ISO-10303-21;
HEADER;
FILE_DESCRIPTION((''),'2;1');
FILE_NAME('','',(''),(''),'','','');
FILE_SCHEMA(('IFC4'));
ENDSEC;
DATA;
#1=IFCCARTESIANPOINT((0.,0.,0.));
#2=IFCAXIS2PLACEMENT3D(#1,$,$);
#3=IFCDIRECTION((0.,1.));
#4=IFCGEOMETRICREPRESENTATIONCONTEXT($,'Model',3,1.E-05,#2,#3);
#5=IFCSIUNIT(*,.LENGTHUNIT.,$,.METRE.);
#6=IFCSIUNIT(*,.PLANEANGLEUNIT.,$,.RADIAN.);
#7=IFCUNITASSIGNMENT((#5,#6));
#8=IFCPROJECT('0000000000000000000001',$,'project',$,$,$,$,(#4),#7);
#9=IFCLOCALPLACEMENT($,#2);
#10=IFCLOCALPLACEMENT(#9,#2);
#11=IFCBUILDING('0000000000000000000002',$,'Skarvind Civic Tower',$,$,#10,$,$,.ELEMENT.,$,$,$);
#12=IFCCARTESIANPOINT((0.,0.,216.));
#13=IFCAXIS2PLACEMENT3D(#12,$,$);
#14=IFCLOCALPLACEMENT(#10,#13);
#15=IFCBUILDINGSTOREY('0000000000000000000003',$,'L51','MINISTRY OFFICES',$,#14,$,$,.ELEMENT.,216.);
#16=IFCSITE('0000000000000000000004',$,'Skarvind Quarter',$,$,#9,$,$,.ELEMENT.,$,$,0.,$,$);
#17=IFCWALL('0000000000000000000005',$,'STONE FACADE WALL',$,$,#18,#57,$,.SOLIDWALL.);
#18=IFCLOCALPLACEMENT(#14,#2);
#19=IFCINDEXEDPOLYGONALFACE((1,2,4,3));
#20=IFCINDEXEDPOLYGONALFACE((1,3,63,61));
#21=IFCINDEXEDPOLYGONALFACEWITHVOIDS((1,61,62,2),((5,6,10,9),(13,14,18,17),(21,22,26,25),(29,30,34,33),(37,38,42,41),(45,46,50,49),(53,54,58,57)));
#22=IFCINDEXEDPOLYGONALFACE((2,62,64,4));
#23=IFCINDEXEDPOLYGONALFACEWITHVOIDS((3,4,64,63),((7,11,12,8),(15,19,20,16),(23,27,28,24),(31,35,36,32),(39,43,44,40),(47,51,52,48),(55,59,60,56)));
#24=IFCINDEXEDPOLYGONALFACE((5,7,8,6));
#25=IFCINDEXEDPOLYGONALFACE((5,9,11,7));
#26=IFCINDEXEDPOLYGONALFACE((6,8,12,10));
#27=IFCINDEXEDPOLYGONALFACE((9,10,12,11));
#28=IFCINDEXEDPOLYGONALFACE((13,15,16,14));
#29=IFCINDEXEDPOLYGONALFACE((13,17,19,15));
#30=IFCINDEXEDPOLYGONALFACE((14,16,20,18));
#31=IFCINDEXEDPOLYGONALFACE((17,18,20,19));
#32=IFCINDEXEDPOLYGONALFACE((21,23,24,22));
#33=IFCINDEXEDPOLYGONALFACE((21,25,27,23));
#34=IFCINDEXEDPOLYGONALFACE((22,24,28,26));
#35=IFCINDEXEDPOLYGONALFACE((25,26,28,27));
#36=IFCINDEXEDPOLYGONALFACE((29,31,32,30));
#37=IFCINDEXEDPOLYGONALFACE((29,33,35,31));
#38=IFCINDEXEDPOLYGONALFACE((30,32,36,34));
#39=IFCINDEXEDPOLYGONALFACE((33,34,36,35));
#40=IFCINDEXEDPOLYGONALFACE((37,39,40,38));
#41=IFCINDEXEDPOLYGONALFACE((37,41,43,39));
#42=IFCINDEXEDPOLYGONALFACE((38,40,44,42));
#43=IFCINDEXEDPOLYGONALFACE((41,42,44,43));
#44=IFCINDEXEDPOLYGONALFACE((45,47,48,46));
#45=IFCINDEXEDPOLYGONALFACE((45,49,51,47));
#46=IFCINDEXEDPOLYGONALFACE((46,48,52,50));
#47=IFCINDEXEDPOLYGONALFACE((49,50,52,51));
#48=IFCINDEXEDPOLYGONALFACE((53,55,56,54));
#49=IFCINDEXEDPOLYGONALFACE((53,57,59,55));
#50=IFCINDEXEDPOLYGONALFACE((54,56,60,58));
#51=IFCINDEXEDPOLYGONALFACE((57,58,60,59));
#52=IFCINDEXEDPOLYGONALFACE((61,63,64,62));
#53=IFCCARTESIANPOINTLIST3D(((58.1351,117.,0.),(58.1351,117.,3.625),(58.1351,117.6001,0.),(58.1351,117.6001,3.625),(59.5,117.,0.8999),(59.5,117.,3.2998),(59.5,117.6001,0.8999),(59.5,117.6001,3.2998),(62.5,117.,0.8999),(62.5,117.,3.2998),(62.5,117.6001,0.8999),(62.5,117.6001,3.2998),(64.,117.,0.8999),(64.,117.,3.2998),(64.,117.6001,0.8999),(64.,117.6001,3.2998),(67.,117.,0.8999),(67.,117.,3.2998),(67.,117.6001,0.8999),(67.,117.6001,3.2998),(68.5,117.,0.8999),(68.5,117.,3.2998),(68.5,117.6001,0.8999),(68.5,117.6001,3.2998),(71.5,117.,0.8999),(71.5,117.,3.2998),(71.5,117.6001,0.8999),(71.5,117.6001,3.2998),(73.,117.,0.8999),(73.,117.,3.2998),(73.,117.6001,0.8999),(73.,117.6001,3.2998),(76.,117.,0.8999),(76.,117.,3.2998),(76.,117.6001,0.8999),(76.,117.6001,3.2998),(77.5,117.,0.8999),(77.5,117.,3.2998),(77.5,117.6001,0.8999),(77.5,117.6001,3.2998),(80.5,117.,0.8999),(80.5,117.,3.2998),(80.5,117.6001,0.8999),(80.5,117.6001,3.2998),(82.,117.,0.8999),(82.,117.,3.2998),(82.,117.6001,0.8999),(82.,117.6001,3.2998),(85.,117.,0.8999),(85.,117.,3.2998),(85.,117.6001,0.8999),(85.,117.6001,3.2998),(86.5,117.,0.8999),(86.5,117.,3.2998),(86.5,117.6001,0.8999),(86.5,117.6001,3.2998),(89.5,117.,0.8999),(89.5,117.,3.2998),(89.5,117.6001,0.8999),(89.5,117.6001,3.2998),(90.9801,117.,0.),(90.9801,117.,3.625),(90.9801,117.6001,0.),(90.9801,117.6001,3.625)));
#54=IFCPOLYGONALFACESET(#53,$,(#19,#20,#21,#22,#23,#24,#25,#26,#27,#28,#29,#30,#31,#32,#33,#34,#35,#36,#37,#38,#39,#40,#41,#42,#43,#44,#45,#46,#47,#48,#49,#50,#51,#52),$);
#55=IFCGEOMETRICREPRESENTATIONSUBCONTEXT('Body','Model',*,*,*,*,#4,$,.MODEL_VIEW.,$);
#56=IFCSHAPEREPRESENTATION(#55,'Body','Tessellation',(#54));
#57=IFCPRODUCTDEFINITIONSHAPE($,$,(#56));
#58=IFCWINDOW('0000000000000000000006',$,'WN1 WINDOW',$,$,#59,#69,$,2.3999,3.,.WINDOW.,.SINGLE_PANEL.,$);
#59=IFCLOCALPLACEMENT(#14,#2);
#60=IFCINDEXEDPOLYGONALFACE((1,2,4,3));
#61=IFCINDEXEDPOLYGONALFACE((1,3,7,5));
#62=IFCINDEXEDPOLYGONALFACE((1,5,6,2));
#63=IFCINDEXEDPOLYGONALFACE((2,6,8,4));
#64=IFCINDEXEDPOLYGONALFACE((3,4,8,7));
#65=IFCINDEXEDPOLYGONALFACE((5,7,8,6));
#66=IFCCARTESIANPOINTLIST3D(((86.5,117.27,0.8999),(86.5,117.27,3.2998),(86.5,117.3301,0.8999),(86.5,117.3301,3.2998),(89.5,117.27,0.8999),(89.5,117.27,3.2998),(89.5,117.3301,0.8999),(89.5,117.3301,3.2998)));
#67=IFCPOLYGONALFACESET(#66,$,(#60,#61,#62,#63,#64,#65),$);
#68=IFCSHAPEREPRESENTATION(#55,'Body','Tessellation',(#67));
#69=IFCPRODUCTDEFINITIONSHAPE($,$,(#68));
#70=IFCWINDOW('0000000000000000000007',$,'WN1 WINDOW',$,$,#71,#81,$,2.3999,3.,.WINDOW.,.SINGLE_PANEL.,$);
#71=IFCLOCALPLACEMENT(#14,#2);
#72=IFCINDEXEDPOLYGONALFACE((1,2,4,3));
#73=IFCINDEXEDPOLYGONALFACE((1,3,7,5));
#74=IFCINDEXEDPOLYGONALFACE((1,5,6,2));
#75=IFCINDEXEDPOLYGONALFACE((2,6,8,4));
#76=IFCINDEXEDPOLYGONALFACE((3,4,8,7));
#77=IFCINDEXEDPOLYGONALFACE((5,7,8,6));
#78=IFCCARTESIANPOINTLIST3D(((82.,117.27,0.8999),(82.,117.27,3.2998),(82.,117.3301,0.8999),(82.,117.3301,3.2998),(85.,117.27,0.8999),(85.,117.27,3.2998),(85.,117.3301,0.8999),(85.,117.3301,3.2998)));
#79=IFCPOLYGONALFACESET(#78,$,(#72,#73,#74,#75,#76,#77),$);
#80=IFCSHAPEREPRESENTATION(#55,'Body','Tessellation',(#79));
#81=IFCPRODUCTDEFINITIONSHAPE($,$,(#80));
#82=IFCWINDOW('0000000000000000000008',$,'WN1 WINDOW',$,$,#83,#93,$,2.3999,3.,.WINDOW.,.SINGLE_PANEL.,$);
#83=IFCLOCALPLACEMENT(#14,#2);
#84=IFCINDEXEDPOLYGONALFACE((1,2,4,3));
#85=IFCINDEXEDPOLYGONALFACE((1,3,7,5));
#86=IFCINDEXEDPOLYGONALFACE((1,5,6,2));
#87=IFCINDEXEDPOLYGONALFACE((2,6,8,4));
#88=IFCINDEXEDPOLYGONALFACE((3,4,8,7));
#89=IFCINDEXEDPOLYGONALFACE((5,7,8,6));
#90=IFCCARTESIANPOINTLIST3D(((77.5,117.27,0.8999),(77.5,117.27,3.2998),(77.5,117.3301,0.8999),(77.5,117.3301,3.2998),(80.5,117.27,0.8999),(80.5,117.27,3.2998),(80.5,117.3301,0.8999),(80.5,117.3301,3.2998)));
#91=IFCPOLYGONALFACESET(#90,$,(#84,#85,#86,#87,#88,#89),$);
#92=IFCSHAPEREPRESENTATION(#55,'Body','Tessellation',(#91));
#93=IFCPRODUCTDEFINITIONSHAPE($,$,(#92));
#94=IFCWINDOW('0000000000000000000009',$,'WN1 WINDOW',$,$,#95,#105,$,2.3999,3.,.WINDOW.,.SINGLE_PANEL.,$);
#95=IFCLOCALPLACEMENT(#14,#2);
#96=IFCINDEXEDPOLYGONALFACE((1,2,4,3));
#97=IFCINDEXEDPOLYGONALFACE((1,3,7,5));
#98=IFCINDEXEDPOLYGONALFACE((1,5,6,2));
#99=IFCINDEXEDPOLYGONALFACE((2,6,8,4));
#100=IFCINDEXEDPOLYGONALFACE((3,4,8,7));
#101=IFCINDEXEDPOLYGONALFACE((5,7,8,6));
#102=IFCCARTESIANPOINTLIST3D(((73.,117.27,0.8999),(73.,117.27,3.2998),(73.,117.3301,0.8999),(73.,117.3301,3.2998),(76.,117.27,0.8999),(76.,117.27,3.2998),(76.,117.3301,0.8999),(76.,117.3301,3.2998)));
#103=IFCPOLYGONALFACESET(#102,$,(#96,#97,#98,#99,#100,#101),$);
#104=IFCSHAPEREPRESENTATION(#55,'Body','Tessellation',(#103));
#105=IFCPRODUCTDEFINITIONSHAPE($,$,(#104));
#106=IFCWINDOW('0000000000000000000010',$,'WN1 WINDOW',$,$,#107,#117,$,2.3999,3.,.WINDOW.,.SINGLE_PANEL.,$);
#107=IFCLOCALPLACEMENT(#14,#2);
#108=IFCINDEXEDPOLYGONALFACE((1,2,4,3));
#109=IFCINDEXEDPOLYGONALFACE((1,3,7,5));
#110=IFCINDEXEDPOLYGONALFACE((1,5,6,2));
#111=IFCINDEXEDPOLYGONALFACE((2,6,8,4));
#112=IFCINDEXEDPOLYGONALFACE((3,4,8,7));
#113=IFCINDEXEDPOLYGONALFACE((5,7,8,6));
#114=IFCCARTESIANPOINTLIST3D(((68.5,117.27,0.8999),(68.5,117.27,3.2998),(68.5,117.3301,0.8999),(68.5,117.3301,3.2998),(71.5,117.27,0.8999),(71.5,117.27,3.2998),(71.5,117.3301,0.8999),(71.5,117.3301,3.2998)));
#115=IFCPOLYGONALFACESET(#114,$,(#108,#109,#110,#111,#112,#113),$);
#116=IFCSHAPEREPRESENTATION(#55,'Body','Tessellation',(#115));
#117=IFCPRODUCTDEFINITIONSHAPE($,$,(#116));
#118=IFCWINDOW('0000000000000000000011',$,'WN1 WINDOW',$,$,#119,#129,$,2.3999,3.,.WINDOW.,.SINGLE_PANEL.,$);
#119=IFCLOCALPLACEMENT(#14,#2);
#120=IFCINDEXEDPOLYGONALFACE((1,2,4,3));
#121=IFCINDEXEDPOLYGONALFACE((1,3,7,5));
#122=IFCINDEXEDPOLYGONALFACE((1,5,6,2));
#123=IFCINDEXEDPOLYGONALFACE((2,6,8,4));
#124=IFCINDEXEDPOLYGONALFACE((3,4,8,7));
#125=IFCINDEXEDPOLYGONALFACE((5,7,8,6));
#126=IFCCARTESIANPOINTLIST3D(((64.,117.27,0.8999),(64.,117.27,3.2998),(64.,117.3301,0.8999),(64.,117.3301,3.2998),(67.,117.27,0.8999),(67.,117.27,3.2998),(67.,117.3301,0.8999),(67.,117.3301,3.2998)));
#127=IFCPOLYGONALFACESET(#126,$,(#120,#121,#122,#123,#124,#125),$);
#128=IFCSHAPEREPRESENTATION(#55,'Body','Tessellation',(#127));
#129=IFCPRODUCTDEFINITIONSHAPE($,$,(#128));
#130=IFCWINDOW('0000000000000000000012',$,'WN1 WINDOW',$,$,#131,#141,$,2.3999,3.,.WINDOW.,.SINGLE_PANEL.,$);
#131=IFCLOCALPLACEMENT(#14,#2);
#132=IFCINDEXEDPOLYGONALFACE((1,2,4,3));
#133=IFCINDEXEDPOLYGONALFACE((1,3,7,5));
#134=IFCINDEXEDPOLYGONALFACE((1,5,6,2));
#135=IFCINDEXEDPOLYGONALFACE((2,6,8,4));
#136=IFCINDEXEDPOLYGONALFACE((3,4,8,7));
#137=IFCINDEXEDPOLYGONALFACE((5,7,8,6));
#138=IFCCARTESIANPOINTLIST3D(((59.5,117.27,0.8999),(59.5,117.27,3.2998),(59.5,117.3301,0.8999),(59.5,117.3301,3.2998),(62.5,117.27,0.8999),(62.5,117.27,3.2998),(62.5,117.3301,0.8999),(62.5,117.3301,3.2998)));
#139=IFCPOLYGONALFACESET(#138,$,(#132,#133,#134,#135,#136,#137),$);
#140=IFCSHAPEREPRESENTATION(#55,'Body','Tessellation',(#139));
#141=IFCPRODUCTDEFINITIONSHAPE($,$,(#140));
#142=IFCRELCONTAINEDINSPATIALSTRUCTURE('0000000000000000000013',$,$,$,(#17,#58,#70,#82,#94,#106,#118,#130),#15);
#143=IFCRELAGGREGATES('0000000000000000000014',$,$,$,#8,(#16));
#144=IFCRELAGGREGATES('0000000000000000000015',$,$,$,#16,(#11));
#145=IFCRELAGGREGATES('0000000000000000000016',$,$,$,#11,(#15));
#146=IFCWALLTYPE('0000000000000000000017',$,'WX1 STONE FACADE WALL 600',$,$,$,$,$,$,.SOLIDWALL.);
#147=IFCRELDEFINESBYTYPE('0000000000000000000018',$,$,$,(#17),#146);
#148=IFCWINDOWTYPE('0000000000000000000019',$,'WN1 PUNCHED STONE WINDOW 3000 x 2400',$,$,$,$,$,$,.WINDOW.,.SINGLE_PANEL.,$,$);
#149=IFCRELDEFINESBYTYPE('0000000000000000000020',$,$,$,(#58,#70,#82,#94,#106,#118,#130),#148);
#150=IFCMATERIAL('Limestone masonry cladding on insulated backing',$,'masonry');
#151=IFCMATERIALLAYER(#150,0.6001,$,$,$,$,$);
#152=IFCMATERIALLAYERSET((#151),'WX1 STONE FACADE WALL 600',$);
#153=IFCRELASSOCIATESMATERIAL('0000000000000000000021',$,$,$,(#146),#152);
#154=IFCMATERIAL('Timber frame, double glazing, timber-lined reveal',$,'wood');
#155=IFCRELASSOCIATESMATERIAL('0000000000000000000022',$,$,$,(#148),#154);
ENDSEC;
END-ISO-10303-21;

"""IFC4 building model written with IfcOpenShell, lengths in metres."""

from ifc_helpers import new_model, si_unit, direction, frame, frame_2d, origin, place, context, subcontext, project, spatial, rectangle, extrude, material, layer, layer_set, type_object, element, fill, save


model = new_model("IFC4")

# Units and contexts
model_context = context("Model", 3, precision=1e-05, world=origin(), true_north=direction((0.0, 1.0)))
body_context = subcontext(model_context, "Body", "Model", "MODEL_VIEW")
ifc_project = project(units=[si_unit("LENGTHUNIT", "METRE"), si_unit("PLANEANGLEUNIT", "RADIAN")], contexts=[model_context])

# Site, building, storey
site_placement = place(None, origin())
site = spatial("IfcSite", under=ifc_project, at=site_placement, Name="Skarvind Quarter", CompositionType="ELEMENT", RefElevation=0.0)
building_placement = place(site_placement, origin())
building = spatial("IfcBuilding", under=site, at=building_placement, Name="Skarvind Civic Tower", CompositionType="ELEMENT")
storey_placement = place(building_placement, frame((0.0, 0.0, 216.0)))
storey = spatial("IfcBuildingStorey", under=building, at=storey_placement, Name="L51", Description="MINISTRY OFFICES", CompositionType="ELEMENT", Elevation=216.0)

# Wall, openings, windows
ifc_material_1 = material(Name="Limestone masonry cladding on insulated backing", Category="masonry")
ifc_layer_1 = layer(ifc_material_1, 0.6001)
ifc_layer_set_1 = layer_set([ifc_layer_1], Name="WX1 STONE FACADE WALL 600")
wall_type_1 = type_object("IfcWallType", Name="WX1 STONE FACADE WALL 600", PredefinedType="SOLIDWALL", material=ifc_layer_set_1)
wall_1_placement = place(storey_placement, frame((90.98, 117.3, 0.0), z_axis=(0.0, 0.0, 1.0), x_axis=(-1.0, 0.0, 0.0)))
wall_1 = element("IfcWall", 1, at=wall_1_placement, inside=storey, type_object=wall_type_1, Name="STONE FACADE WALL", PredefinedType="SOLIDWALL", context=body_context, shape_type="SweptSolid", body=[
    extrude(rectangle(XDim=32.845, YDim=0.6001, at=frame_2d((16.4224, 0.0))), origin(), (0.0, 0.0, 1.0), 3.625),
])
opening_1_placement = place(wall_1_placement, frame((1.48, 0.0, 0.8999)))
opening_1 = element("IfcOpeningElement", 2, at=opening_1_placement, cuts=wall_1, PredefinedType="OPENING", context=body_context, shape_type="SweptSolid", body=[
    extrude(rectangle(XDim=3.0, YDim=2.3999, at=frame_2d((1.5, 1.2))), frame((0.0, 0.3101, 0.0), z_axis=(0.0, -1.0, 0.0), x_axis=(1.0, 0.0, 0.0)), (0.0, 0.0, 1.0), 0.6201),
])
opening_2_placement = place(wall_1_placement, frame((5.98, 0.0, 0.8999)))
opening_2 = element("IfcOpeningElement", 3, at=opening_2_placement, cuts=wall_1, PredefinedType="OPENING", context=body_context, shape_type="SweptSolid", body=[
    extrude(rectangle(XDim=3.0, YDim=2.3999, at=frame_2d((1.5, 1.2))), frame((0.0, 0.3101, 0.0), z_axis=(0.0, -1.0, 0.0), x_axis=(1.0, 0.0, 0.0)), (0.0, 0.0, 1.0), 0.6201),
])
opening_3_placement = place(wall_1_placement, frame((10.48, 0.0, 0.8999)))
opening_3 = element("IfcOpeningElement", 4, at=opening_3_placement, cuts=wall_1, PredefinedType="OPENING", context=body_context, shape_type="SweptSolid", body=[
    extrude(rectangle(XDim=3.0, YDim=2.3999, at=frame_2d((1.5, 1.2))), frame((0.0, 0.3101, 0.0), z_axis=(0.0, -1.0, 0.0), x_axis=(1.0, 0.0, 0.0)), (0.0, 0.0, 1.0), 0.6201),
])
opening_4_placement = place(wall_1_placement, frame((14.98, 0.0, 0.8999)))
opening_4 = element("IfcOpeningElement", 5, at=opening_4_placement, cuts=wall_1, PredefinedType="OPENING", context=body_context, shape_type="SweptSolid", body=[
    extrude(rectangle(XDim=3.0, YDim=2.3999, at=frame_2d((1.5, 1.2))), frame((0.0, 0.3101, 0.0), z_axis=(0.0, -1.0, 0.0), x_axis=(1.0, 0.0, 0.0)), (0.0, 0.0, 1.0), 0.6201),
])
opening_5_placement = place(wall_1_placement, frame((19.48, 0.0, 0.8999)))
opening_5 = element("IfcOpeningElement", 6, at=opening_5_placement, cuts=wall_1, PredefinedType="OPENING", context=body_context, shape_type="SweptSolid", body=[
    extrude(rectangle(XDim=3.0, YDim=2.3999, at=frame_2d((1.5, 1.2))), frame((0.0, 0.3101, 0.0), z_axis=(0.0, -1.0, 0.0), x_axis=(1.0, 0.0, 0.0)), (0.0, 0.0, 1.0), 0.6201),
])
opening_6_placement = place(wall_1_placement, frame((23.98, 0.0, 0.8999)))
opening_6 = element("IfcOpeningElement", 7, at=opening_6_placement, cuts=wall_1, PredefinedType="OPENING", context=body_context, shape_type="SweptSolid", body=[
    extrude(rectangle(XDim=3.0, YDim=2.3999, at=frame_2d((1.5, 1.2))), frame((0.0, 0.3101, 0.0), z_axis=(0.0, -1.0, 0.0), x_axis=(1.0, 0.0, 0.0)), (0.0, 0.0, 1.0), 0.6201),
])
opening_7_placement = place(wall_1_placement, frame((28.48, 0.0, 0.8999)))
opening_7 = element("IfcOpeningElement", 8, at=opening_7_placement, cuts=wall_1, PredefinedType="OPENING", context=body_context, shape_type="SweptSolid", body=[
    extrude(rectangle(XDim=3.0, YDim=2.3999, at=frame_2d((1.5, 1.2))), frame((0.0, 0.3101, 0.0), z_axis=(0.0, -1.0, 0.0), x_axis=(1.0, 0.0, 0.0)), (0.0, 0.0, 1.0), 0.6201),
])
ifc_material_2 = material(Name="Timber frame, double glazing, timber-lined reveal", Category="wood")
window_type = type_object("IfcWindowType", Name="WN1 PUNCHED STONE WINDOW 3000 x 2400", PartitioningType="SINGLE_PANEL", PredefinedType="WINDOW", material=ifc_material_2)
window_1_placement = place(opening_1_placement, origin())
window_1 = element("IfcWindow", 9, at=window_1_placement, inside=storey, type_object=window_type, Name="WN1 WINDOW", OverallHeight=2.3999, OverallWidth=3.0, PartitioningType="SINGLE_PANEL", PredefinedType="WINDOW", context=body_context, shape_type="SweptSolid", body=[
    extrude(rectangle(XDim=3.0, YDim=2.3999, at=frame_2d((1.5, 1.2))), frame((0.0, 0.03, 0.0), z_axis=(0.0, -1.0, 0.0), x_axis=(1.0, 0.0, 0.0)), (0.0, 0.0, 1.0), 0.0601),
])
fill(opening_1, window_1)
window_2_placement = place(opening_2_placement, origin())
window_2 = element("IfcWindow", 10, at=window_2_placement, inside=storey, type_object=window_type, Name="WN1 WINDOW", OverallHeight=2.3999, OverallWidth=3.0, PartitioningType="SINGLE_PANEL", PredefinedType="WINDOW", context=body_context, shape_type="SweptSolid", body=[
    extrude(rectangle(XDim=3.0, YDim=2.3999, at=frame_2d((1.5, 1.2))), frame((0.0, 0.03, 0.0), z_axis=(0.0, -1.0, 0.0), x_axis=(1.0, 0.0, 0.0)), (0.0, 0.0, 1.0), 0.0601),
])
fill(opening_2, window_2)
window_3_placement = place(opening_3_placement, origin())
window_3 = element("IfcWindow", 11, at=window_3_placement, inside=storey, type_object=window_type, Name="WN1 WINDOW", OverallHeight=2.3999, OverallWidth=3.0, PartitioningType="SINGLE_PANEL", PredefinedType="WINDOW", context=body_context, shape_type="SweptSolid", body=[
    extrude(rectangle(XDim=3.0, YDim=2.3999, at=frame_2d((1.5, 1.2))), frame((0.0, 0.03, 0.0), z_axis=(0.0, -1.0, 0.0), x_axis=(1.0, 0.0, 0.0)), (0.0, 0.0, 1.0), 0.0601),
])
fill(opening_3, window_3)
window_4_placement = place(opening_4_placement, origin())
window_4 = element("IfcWindow", 12, at=window_4_placement, inside=storey, type_object=window_type, Name="WN1 WINDOW", OverallHeight=2.3999, OverallWidth=3.0, PartitioningType="SINGLE_PANEL", PredefinedType="WINDOW", context=body_context, shape_type="SweptSolid", body=[
    extrude(rectangle(XDim=3.0, YDim=2.3999, at=frame_2d((1.5, 1.2))), frame((0.0, 0.03, 0.0), z_axis=(0.0, -1.0, 0.0), x_axis=(1.0, 0.0, 0.0)), (0.0, 0.0, 1.0), 0.0601),
])
fill(opening_4, window_4)
window_5_placement = place(opening_5_placement, origin())
window_5 = element("IfcWindow", 13, at=window_5_placement, inside=storey, type_object=window_type, Name="WN1 WINDOW", OverallHeight=2.3999, OverallWidth=3.0, PartitioningType="SINGLE_PANEL", PredefinedType="WINDOW", context=body_context, shape_type="SweptSolid", body=[
    extrude(rectangle(XDim=3.0, YDim=2.3999, at=frame_2d((1.5, 1.2))), frame((0.0, 0.03, 0.0), z_axis=(0.0, -1.0, 0.0), x_axis=(1.0, 0.0, 0.0)), (0.0, 0.0, 1.0), 0.0601),
])
fill(opening_5, window_5)
window_6_placement = place(opening_6_placement, origin())
window_6 = element("IfcWindow", 14, at=window_6_placement, inside=storey, type_object=window_type, Name="WN1 WINDOW", OverallHeight=2.3999, OverallWidth=3.0, PartitioningType="SINGLE_PANEL", PredefinedType="WINDOW", context=body_context, shape_type="SweptSolid", body=[
    extrude(rectangle(XDim=3.0, YDim=2.3999, at=frame_2d((1.5, 1.2))), frame((0.0, 0.03, 0.0), z_axis=(0.0, -1.0, 0.0), x_axis=(1.0, 0.0, 0.0)), (0.0, 0.0, 1.0), 0.0601),
])
fill(opening_6, window_6)
window_7_placement = place(opening_7_placement, origin())
window_7 = element("IfcWindow", 15, at=window_7_placement, inside=storey, type_object=window_type, Name="WN1 WINDOW", OverallHeight=2.3999, OverallWidth=3.0, PartitioningType="SINGLE_PANEL", PredefinedType="WINDOW", context=body_context, shape_type="SweptSolid", body=[
    extrude(rectangle(XDim=3.0, YDim=2.3999, at=frame_2d((1.5, 1.2))), frame((0.0, 0.03, 0.0), z_axis=(0.0, -1.0, 0.0), x_axis=(1.0, 0.0, 0.0)), (0.0, 0.0, 1.0), 0.0601),
])
fill(opening_7, window_7)

save(model, "model.ifc")
